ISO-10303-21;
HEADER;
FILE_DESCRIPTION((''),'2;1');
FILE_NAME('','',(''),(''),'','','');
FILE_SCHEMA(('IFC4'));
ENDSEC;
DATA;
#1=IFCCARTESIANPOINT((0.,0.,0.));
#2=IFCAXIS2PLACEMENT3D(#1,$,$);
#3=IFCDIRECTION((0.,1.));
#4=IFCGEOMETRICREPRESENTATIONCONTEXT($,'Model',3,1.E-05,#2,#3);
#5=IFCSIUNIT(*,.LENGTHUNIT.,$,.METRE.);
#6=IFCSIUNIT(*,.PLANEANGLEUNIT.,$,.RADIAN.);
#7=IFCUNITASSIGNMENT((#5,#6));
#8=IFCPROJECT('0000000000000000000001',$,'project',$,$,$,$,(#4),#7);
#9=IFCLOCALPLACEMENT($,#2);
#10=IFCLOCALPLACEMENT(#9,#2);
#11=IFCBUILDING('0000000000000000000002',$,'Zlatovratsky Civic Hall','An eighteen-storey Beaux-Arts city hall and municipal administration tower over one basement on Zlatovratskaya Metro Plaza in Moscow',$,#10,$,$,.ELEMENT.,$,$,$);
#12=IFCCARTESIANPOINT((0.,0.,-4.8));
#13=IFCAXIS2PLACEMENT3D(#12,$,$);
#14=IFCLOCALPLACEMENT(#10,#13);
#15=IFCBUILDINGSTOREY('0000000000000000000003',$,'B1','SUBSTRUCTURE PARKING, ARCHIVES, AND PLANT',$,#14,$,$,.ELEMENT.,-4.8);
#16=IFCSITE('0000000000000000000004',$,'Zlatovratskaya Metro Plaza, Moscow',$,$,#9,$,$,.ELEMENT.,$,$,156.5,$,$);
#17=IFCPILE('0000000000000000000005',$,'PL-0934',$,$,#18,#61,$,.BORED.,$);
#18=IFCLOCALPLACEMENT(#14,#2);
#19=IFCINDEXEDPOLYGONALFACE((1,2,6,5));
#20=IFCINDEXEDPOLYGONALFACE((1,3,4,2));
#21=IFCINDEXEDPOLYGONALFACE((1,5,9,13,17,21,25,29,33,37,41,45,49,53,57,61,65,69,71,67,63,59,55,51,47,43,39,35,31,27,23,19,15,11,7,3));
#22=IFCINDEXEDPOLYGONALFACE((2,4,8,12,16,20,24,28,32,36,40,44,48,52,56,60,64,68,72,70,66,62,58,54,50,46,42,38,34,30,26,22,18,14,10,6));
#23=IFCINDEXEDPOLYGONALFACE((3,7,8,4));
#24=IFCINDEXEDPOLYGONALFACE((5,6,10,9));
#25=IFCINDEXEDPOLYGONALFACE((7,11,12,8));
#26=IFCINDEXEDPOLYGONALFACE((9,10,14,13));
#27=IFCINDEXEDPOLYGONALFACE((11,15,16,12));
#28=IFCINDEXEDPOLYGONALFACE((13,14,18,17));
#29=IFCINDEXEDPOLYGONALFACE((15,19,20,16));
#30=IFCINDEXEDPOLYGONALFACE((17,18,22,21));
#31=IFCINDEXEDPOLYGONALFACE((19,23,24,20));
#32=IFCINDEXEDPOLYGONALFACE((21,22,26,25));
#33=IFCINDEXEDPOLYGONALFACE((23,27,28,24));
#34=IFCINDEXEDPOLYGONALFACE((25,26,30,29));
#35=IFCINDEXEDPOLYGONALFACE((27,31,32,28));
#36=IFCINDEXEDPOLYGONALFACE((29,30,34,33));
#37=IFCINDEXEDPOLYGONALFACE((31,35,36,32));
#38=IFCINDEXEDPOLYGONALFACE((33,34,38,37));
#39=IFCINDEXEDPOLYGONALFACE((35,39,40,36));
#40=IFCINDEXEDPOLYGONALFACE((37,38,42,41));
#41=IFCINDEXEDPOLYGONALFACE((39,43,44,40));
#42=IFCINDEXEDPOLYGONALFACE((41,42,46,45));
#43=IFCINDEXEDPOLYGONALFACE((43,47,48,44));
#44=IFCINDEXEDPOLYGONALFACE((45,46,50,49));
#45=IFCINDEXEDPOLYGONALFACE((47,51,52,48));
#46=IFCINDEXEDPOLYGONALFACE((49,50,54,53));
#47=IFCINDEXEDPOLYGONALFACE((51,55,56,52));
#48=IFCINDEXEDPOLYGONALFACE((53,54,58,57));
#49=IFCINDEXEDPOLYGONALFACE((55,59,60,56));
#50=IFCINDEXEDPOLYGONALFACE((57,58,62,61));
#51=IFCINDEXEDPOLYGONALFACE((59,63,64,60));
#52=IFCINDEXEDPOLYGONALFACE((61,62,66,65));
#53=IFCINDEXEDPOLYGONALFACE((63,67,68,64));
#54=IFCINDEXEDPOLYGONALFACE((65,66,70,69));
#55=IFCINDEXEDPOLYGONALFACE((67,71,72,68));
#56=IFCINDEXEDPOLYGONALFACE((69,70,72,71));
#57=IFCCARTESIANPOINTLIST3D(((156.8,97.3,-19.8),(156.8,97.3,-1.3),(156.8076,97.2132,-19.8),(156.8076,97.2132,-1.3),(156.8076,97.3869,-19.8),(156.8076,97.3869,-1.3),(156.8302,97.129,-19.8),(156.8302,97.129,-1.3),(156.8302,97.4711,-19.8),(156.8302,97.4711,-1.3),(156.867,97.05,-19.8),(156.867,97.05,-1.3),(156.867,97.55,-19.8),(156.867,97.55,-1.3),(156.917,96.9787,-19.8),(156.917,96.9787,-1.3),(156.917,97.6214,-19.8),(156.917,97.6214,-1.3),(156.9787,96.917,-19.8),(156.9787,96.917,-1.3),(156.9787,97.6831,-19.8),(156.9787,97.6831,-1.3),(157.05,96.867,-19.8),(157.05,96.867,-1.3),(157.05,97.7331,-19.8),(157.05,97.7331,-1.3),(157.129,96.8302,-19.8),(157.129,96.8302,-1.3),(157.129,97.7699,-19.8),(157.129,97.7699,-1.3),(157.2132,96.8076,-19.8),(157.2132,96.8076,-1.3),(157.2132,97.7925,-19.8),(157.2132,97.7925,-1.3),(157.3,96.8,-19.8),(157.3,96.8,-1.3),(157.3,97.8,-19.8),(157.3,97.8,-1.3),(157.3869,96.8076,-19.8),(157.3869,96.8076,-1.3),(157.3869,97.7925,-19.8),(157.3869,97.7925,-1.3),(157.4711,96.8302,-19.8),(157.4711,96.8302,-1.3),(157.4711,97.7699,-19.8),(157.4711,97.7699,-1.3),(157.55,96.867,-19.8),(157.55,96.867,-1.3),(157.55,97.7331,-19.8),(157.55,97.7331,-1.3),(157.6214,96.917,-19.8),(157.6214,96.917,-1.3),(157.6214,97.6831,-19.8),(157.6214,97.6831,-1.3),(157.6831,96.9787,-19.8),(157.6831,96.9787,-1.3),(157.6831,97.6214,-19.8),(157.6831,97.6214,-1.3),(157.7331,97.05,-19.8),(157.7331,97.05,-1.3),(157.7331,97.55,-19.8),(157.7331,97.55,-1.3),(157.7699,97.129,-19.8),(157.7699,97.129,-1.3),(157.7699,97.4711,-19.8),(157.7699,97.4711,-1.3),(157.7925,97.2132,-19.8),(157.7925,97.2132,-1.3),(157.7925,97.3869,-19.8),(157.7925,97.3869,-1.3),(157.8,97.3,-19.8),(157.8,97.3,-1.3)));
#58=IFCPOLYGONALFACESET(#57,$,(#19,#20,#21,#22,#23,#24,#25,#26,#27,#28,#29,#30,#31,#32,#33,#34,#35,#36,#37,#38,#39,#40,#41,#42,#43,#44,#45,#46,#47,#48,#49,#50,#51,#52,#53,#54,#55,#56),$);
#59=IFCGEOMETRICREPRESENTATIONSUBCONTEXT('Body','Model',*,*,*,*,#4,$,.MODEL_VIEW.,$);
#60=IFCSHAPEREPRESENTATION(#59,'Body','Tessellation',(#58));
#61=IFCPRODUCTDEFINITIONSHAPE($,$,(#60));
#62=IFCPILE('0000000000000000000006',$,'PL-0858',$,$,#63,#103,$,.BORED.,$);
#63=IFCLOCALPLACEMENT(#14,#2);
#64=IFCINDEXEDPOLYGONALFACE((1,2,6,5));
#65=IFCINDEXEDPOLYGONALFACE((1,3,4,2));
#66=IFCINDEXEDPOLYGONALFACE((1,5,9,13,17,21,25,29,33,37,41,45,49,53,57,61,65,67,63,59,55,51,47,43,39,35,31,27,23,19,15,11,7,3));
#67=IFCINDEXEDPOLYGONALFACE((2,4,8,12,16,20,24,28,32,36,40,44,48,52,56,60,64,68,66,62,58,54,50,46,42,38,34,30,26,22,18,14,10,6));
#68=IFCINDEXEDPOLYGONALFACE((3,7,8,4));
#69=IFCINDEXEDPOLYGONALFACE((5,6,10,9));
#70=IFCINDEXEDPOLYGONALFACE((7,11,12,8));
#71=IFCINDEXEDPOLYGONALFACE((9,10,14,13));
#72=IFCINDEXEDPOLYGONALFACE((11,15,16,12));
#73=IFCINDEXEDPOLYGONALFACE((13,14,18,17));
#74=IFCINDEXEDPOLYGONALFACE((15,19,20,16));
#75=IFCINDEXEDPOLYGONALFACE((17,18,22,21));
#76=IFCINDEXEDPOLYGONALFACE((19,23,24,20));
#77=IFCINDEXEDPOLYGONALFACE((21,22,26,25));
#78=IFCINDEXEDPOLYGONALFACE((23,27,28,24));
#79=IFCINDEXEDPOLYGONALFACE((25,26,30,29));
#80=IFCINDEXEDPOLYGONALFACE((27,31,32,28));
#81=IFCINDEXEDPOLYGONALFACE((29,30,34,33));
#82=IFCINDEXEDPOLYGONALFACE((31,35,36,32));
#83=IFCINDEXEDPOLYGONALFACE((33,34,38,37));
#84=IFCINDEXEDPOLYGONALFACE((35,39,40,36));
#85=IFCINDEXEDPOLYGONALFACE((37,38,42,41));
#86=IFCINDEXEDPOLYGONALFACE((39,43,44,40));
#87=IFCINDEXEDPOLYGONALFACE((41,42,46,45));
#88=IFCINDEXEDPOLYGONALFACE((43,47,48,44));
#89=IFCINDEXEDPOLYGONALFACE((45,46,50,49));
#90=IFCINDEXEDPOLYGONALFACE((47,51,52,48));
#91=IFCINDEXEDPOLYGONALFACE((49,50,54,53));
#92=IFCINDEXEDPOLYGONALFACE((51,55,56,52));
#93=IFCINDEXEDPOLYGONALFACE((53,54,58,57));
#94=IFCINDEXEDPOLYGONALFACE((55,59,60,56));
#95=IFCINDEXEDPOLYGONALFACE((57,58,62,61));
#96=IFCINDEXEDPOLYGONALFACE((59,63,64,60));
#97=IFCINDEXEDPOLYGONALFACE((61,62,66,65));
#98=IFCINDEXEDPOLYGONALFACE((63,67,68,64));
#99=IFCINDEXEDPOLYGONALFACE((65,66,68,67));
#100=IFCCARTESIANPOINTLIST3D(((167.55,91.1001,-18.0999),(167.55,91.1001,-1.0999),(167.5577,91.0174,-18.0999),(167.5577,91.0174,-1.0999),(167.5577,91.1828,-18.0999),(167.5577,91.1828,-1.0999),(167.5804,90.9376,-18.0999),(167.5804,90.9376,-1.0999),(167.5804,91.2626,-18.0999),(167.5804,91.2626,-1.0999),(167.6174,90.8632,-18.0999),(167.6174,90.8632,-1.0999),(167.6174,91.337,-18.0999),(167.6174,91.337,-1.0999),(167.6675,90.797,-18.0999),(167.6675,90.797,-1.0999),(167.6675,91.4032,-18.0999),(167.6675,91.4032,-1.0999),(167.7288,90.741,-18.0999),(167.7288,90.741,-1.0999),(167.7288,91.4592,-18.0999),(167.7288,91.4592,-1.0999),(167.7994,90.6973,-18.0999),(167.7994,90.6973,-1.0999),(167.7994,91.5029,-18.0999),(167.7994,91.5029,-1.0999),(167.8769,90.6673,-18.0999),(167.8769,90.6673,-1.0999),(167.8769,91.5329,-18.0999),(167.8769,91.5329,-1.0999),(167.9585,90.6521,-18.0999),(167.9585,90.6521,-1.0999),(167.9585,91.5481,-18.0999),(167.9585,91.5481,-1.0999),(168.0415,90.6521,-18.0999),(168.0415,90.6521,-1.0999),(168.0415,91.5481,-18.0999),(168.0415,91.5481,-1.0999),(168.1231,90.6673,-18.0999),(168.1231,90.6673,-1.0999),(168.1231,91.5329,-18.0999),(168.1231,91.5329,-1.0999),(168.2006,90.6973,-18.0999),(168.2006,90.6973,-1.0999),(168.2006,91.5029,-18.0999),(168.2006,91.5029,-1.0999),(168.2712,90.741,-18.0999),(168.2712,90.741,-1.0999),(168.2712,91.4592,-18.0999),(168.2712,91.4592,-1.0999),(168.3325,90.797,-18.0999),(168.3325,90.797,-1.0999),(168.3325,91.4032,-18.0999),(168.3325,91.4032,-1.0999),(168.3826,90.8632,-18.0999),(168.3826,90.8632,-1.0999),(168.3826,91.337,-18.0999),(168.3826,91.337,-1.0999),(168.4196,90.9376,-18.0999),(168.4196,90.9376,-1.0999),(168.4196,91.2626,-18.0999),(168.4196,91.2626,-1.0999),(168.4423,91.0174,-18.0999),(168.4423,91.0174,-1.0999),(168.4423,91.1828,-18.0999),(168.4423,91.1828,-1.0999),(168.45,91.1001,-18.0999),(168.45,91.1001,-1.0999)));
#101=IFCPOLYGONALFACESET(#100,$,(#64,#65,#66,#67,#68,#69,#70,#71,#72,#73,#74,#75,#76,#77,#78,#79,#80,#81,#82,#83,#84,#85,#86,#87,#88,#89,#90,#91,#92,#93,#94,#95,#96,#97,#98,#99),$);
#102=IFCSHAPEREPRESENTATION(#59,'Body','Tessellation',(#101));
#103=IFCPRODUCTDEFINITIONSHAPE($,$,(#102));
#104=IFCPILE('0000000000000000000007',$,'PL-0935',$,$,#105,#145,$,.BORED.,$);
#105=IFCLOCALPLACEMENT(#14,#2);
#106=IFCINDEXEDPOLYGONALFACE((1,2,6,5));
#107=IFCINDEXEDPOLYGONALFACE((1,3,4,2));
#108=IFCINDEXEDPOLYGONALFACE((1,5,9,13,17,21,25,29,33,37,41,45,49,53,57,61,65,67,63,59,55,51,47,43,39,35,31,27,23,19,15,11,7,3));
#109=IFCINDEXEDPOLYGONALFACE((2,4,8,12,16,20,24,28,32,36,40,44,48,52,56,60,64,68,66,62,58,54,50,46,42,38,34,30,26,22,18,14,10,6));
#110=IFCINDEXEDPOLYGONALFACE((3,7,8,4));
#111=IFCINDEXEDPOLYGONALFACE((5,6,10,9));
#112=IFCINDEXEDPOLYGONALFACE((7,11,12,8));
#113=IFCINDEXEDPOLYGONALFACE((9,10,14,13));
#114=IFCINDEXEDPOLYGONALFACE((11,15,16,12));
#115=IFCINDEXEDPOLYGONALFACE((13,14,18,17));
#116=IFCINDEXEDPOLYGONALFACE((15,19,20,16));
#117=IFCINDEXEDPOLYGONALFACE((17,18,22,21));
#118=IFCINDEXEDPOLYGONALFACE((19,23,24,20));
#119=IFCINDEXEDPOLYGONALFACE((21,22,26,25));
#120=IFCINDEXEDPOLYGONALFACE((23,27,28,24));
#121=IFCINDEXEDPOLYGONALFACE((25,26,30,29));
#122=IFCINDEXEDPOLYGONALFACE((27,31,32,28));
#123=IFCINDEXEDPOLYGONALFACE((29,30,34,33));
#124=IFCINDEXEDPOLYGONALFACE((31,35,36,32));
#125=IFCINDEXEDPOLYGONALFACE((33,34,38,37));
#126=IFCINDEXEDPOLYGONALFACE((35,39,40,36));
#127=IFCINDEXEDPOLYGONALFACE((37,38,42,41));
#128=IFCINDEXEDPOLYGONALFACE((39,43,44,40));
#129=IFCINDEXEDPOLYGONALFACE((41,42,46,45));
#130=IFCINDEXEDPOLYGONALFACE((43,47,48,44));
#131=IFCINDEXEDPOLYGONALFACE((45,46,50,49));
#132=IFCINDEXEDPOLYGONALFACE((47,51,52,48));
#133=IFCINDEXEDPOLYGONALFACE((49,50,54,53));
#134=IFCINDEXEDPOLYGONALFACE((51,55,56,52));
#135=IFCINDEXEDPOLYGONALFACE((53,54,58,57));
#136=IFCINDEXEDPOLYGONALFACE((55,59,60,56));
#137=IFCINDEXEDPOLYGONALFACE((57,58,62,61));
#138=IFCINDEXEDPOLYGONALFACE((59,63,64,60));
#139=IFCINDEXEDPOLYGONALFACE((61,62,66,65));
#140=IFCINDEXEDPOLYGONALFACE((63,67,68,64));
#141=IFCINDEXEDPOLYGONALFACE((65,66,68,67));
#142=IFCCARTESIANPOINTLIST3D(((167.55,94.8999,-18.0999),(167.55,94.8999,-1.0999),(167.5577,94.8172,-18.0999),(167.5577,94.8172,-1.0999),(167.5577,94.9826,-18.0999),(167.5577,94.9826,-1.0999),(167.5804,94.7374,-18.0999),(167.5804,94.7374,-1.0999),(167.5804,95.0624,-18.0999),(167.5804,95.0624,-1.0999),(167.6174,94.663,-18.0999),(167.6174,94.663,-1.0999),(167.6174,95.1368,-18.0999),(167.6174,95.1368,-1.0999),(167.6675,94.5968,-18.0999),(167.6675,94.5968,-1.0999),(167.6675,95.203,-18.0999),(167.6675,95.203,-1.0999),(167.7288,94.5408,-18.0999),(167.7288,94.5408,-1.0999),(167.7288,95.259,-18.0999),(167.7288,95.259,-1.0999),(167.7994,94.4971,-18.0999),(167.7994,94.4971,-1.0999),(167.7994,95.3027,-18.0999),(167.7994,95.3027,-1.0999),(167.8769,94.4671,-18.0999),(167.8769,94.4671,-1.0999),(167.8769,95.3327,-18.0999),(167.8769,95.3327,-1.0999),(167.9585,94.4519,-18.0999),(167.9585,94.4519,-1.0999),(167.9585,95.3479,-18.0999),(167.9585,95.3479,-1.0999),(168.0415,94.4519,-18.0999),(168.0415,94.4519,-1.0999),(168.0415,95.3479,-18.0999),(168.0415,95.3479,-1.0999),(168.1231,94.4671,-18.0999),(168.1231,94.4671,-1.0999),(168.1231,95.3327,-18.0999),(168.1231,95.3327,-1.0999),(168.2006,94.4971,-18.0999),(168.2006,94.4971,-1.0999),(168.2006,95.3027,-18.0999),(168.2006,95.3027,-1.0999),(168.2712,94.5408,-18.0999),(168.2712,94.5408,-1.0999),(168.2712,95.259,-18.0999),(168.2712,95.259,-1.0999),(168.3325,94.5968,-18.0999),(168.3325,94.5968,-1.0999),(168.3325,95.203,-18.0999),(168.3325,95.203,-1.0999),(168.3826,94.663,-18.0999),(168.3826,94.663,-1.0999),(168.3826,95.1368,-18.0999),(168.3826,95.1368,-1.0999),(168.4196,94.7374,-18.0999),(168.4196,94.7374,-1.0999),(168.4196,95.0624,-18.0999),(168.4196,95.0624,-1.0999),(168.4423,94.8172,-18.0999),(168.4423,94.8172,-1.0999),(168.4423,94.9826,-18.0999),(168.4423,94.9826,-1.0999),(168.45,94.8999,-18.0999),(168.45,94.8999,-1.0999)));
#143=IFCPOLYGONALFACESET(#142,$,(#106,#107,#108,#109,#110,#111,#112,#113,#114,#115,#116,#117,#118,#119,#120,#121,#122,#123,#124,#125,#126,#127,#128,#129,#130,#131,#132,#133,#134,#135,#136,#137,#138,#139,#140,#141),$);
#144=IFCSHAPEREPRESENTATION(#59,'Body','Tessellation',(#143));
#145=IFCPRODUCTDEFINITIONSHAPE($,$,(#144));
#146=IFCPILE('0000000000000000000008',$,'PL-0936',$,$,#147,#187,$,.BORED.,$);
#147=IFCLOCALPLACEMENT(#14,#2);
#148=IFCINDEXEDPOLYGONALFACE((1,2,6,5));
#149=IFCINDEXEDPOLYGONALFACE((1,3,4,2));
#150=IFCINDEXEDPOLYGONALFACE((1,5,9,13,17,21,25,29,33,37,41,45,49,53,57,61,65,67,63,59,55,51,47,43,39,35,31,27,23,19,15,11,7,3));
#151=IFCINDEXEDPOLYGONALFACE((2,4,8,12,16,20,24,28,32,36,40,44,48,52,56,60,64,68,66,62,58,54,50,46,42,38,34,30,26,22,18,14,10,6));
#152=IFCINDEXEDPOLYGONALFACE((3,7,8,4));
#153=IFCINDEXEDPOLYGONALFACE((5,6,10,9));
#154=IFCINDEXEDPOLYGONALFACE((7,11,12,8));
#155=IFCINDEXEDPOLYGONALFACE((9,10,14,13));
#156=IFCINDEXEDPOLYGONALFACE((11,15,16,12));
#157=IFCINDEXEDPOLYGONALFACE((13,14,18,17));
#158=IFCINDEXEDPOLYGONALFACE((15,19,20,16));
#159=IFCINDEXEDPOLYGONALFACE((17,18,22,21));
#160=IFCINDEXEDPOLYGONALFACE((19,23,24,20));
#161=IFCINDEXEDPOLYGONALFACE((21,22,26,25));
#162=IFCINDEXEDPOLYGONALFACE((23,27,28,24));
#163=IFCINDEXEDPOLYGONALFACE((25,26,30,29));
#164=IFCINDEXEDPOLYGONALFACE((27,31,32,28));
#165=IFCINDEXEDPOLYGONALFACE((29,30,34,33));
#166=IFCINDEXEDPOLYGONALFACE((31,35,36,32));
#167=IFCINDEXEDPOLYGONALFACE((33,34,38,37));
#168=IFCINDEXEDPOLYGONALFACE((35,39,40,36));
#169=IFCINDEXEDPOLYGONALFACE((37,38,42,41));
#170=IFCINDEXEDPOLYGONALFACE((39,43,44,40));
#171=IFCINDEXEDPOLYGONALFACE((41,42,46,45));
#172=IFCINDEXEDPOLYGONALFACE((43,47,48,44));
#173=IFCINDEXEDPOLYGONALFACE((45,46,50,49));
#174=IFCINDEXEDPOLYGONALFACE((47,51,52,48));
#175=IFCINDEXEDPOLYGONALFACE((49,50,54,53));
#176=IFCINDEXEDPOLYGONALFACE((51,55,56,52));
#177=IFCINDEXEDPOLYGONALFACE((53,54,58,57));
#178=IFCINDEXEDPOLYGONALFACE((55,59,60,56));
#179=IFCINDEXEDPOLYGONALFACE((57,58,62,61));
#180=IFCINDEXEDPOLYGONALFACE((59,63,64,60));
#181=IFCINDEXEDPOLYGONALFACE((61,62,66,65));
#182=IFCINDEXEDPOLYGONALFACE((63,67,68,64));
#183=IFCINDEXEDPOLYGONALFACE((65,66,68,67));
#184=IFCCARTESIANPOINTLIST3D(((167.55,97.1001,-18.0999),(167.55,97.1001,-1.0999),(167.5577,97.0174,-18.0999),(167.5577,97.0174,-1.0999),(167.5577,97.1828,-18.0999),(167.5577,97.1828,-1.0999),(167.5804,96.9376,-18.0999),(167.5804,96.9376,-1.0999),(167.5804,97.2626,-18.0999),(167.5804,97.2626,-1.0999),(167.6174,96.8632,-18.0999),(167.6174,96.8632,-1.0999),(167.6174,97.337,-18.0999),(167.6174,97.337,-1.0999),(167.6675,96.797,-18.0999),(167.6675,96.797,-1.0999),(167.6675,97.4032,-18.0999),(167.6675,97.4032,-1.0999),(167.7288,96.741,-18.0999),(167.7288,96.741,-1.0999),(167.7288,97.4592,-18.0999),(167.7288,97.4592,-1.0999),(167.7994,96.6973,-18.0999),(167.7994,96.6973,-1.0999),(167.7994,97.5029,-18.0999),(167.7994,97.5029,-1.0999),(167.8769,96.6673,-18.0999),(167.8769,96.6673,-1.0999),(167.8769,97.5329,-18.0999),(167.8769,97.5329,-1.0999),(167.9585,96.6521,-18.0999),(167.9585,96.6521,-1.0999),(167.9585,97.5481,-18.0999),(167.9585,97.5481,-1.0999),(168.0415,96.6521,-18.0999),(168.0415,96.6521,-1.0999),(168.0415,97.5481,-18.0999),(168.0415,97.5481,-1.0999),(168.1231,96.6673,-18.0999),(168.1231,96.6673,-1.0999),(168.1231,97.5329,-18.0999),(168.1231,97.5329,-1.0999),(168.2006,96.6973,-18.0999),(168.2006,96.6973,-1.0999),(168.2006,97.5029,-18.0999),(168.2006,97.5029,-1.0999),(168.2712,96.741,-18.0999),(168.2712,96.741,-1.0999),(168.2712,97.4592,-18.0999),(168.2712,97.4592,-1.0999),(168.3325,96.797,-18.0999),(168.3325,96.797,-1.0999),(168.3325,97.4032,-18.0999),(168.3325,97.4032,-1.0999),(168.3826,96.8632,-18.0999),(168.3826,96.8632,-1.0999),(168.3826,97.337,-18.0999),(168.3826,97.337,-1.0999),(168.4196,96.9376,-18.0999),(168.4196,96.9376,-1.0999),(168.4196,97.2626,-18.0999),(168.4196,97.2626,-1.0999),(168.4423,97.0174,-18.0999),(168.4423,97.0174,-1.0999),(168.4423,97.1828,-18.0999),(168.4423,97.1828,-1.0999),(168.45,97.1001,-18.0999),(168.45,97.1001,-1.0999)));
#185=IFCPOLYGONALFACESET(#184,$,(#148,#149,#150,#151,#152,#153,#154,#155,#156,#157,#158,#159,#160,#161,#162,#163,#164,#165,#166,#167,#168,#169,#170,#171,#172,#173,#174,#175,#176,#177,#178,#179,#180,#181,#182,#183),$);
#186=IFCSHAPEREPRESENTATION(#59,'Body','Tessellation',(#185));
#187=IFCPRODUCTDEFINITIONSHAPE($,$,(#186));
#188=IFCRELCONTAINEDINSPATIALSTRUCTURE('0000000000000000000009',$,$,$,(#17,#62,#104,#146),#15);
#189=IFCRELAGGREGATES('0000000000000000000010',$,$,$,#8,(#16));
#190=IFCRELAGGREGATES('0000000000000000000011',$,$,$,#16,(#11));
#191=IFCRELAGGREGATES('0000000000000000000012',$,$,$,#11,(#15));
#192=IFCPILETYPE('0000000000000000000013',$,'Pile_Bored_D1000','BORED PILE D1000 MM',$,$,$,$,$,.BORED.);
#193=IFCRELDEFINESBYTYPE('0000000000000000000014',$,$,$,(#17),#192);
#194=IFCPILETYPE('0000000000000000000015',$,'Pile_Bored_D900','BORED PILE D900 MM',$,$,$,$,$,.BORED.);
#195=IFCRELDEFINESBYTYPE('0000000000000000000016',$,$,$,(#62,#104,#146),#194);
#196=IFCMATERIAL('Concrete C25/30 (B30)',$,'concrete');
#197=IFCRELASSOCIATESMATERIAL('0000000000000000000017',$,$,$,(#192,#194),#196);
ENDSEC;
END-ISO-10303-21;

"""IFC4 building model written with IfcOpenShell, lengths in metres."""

from ifc_helpers import new_model, si_unit, direction, frame, origin, origin_2d, place, context, subcontext, project, spatial, circle, extrude, material, material_profile, profile_set, type_object, element, save


model = new_model("IFC4")

# Units and contexts
model_context = context("Model", 3, precision=1e-05, world=origin(), true_north=direction((0.0, 1.0)))
body_context = subcontext(model_context, "Body", "Model", "MODEL_VIEW")
ifc_project = project(units=[si_unit("LENGTHUNIT", "METRE"), si_unit("PLANEANGLEUNIT", "RADIAN")], contexts=[model_context])

# Site, building, storey
site_placement = place(None, origin())
site = spatial("IfcSite", under=ifc_project, at=site_placement, Name="Zlatovratskaya Metro Plaza, Moscow", CompositionType="ELEMENT", RefElevation=156.5)
building_placement = place(site_placement, origin())
building = spatial("IfcBuilding", under=site, at=building_placement, Name="Zlatovratsky Civic Hall", Description="An eighteen-storey Beaux-Arts city hall and municipal administration tower over one basement on Zlatovratskaya Metro Plaza in Moscow", CompositionType="ELEMENT")
storey_placement = place(building_placement, frame((0.0, 0.0, -4.8)))
storey = spatial("IfcBuildingStorey", under=building, at=storey_placement, Name="B1", Description="SUBSTRUCTURE PARKING, ARCHIVES, AND PLANT", CompositionType="ELEMENT", Elevation=-4.8)

# Shared definitions
ifc_material_1 = material(Name="Concrete C25/30 (B30)", Category="concrete")

# Piles
ifc_material_profile_1 = material_profile(ifc_material_1, circle(Radius=0.5, at=origin_2d()), Name="PILE D1000")
ifc_profile_set_1 = profile_set([ifc_material_profile_1], Name="Concrete C25/30 (B30)")
pile_type_1 = type_object("IfcPileType", Name="Pile_Bored_D1000", Description="BORED PILE D1000 MM", PredefinedType="BORED", material=ifc_profile_set_1)
for number, where, z_axis, x_axis, name in (
    (1, (157.3, 97.3, -1.3), (0.0, 0.0, -1.0), (1.0, 0.0, 0.0), "PL-0934"),
):
    element("IfcPile", number, at=place(storey_placement, frame(where, z_axis=z_axis, x_axis=x_axis)), inside=storey, type_object=pile_type_1, Name=name, PredefinedType="BORED", context=body_context, shape_type="SweptSolid", body=[
        extrude(circle(Radius=0.5, at=origin_2d()), origin(), (0.0, 0.0, 1.0), 18.5),
    ])
ifc_material_profile_2 = material_profile(ifc_material_1, circle(Radius=0.45, at=origin_2d()), Name="PILE D900")
ifc_profile_set_2 = profile_set([ifc_material_profile_2], Name="Concrete C25/30 (B30)")
pile_type_2 = type_object("IfcPileType", Name="Pile_Bored_D900", Description="BORED PILE D900 MM", PredefinedType="BORED", material=ifc_profile_set_2)
for number, where, z_axis, x_axis, name in (
    (2, (168.0, 91.1001, -1.0999), (0.0, 0.0, -1.0), (1.0, 0.0, 0.0), "PL-0858"),
    (3, (168.0, 94.8999, -1.0999), (0.0, 0.0, -1.0), (1.0, 0.0, 0.0), "PL-0935"),
    (4, (168.0, 97.1001, -1.0999), (0.0, 0.0, -1.0), (1.0, 0.0, 0.0), "PL-0936"),
):
    element("IfcPile", number, at=place(storey_placement, frame(where, z_axis=z_axis, x_axis=x_axis)), inside=storey, type_object=pile_type_2, Name=name, PredefinedType="BORED", context=body_context, shape_type="SweptSolid", body=[
        extrude(circle(Radius=0.45, at=origin_2d()), origin(), (0.0, 0.0, 1.0), 17.0),
    ])

save(model, "model.ifc")
